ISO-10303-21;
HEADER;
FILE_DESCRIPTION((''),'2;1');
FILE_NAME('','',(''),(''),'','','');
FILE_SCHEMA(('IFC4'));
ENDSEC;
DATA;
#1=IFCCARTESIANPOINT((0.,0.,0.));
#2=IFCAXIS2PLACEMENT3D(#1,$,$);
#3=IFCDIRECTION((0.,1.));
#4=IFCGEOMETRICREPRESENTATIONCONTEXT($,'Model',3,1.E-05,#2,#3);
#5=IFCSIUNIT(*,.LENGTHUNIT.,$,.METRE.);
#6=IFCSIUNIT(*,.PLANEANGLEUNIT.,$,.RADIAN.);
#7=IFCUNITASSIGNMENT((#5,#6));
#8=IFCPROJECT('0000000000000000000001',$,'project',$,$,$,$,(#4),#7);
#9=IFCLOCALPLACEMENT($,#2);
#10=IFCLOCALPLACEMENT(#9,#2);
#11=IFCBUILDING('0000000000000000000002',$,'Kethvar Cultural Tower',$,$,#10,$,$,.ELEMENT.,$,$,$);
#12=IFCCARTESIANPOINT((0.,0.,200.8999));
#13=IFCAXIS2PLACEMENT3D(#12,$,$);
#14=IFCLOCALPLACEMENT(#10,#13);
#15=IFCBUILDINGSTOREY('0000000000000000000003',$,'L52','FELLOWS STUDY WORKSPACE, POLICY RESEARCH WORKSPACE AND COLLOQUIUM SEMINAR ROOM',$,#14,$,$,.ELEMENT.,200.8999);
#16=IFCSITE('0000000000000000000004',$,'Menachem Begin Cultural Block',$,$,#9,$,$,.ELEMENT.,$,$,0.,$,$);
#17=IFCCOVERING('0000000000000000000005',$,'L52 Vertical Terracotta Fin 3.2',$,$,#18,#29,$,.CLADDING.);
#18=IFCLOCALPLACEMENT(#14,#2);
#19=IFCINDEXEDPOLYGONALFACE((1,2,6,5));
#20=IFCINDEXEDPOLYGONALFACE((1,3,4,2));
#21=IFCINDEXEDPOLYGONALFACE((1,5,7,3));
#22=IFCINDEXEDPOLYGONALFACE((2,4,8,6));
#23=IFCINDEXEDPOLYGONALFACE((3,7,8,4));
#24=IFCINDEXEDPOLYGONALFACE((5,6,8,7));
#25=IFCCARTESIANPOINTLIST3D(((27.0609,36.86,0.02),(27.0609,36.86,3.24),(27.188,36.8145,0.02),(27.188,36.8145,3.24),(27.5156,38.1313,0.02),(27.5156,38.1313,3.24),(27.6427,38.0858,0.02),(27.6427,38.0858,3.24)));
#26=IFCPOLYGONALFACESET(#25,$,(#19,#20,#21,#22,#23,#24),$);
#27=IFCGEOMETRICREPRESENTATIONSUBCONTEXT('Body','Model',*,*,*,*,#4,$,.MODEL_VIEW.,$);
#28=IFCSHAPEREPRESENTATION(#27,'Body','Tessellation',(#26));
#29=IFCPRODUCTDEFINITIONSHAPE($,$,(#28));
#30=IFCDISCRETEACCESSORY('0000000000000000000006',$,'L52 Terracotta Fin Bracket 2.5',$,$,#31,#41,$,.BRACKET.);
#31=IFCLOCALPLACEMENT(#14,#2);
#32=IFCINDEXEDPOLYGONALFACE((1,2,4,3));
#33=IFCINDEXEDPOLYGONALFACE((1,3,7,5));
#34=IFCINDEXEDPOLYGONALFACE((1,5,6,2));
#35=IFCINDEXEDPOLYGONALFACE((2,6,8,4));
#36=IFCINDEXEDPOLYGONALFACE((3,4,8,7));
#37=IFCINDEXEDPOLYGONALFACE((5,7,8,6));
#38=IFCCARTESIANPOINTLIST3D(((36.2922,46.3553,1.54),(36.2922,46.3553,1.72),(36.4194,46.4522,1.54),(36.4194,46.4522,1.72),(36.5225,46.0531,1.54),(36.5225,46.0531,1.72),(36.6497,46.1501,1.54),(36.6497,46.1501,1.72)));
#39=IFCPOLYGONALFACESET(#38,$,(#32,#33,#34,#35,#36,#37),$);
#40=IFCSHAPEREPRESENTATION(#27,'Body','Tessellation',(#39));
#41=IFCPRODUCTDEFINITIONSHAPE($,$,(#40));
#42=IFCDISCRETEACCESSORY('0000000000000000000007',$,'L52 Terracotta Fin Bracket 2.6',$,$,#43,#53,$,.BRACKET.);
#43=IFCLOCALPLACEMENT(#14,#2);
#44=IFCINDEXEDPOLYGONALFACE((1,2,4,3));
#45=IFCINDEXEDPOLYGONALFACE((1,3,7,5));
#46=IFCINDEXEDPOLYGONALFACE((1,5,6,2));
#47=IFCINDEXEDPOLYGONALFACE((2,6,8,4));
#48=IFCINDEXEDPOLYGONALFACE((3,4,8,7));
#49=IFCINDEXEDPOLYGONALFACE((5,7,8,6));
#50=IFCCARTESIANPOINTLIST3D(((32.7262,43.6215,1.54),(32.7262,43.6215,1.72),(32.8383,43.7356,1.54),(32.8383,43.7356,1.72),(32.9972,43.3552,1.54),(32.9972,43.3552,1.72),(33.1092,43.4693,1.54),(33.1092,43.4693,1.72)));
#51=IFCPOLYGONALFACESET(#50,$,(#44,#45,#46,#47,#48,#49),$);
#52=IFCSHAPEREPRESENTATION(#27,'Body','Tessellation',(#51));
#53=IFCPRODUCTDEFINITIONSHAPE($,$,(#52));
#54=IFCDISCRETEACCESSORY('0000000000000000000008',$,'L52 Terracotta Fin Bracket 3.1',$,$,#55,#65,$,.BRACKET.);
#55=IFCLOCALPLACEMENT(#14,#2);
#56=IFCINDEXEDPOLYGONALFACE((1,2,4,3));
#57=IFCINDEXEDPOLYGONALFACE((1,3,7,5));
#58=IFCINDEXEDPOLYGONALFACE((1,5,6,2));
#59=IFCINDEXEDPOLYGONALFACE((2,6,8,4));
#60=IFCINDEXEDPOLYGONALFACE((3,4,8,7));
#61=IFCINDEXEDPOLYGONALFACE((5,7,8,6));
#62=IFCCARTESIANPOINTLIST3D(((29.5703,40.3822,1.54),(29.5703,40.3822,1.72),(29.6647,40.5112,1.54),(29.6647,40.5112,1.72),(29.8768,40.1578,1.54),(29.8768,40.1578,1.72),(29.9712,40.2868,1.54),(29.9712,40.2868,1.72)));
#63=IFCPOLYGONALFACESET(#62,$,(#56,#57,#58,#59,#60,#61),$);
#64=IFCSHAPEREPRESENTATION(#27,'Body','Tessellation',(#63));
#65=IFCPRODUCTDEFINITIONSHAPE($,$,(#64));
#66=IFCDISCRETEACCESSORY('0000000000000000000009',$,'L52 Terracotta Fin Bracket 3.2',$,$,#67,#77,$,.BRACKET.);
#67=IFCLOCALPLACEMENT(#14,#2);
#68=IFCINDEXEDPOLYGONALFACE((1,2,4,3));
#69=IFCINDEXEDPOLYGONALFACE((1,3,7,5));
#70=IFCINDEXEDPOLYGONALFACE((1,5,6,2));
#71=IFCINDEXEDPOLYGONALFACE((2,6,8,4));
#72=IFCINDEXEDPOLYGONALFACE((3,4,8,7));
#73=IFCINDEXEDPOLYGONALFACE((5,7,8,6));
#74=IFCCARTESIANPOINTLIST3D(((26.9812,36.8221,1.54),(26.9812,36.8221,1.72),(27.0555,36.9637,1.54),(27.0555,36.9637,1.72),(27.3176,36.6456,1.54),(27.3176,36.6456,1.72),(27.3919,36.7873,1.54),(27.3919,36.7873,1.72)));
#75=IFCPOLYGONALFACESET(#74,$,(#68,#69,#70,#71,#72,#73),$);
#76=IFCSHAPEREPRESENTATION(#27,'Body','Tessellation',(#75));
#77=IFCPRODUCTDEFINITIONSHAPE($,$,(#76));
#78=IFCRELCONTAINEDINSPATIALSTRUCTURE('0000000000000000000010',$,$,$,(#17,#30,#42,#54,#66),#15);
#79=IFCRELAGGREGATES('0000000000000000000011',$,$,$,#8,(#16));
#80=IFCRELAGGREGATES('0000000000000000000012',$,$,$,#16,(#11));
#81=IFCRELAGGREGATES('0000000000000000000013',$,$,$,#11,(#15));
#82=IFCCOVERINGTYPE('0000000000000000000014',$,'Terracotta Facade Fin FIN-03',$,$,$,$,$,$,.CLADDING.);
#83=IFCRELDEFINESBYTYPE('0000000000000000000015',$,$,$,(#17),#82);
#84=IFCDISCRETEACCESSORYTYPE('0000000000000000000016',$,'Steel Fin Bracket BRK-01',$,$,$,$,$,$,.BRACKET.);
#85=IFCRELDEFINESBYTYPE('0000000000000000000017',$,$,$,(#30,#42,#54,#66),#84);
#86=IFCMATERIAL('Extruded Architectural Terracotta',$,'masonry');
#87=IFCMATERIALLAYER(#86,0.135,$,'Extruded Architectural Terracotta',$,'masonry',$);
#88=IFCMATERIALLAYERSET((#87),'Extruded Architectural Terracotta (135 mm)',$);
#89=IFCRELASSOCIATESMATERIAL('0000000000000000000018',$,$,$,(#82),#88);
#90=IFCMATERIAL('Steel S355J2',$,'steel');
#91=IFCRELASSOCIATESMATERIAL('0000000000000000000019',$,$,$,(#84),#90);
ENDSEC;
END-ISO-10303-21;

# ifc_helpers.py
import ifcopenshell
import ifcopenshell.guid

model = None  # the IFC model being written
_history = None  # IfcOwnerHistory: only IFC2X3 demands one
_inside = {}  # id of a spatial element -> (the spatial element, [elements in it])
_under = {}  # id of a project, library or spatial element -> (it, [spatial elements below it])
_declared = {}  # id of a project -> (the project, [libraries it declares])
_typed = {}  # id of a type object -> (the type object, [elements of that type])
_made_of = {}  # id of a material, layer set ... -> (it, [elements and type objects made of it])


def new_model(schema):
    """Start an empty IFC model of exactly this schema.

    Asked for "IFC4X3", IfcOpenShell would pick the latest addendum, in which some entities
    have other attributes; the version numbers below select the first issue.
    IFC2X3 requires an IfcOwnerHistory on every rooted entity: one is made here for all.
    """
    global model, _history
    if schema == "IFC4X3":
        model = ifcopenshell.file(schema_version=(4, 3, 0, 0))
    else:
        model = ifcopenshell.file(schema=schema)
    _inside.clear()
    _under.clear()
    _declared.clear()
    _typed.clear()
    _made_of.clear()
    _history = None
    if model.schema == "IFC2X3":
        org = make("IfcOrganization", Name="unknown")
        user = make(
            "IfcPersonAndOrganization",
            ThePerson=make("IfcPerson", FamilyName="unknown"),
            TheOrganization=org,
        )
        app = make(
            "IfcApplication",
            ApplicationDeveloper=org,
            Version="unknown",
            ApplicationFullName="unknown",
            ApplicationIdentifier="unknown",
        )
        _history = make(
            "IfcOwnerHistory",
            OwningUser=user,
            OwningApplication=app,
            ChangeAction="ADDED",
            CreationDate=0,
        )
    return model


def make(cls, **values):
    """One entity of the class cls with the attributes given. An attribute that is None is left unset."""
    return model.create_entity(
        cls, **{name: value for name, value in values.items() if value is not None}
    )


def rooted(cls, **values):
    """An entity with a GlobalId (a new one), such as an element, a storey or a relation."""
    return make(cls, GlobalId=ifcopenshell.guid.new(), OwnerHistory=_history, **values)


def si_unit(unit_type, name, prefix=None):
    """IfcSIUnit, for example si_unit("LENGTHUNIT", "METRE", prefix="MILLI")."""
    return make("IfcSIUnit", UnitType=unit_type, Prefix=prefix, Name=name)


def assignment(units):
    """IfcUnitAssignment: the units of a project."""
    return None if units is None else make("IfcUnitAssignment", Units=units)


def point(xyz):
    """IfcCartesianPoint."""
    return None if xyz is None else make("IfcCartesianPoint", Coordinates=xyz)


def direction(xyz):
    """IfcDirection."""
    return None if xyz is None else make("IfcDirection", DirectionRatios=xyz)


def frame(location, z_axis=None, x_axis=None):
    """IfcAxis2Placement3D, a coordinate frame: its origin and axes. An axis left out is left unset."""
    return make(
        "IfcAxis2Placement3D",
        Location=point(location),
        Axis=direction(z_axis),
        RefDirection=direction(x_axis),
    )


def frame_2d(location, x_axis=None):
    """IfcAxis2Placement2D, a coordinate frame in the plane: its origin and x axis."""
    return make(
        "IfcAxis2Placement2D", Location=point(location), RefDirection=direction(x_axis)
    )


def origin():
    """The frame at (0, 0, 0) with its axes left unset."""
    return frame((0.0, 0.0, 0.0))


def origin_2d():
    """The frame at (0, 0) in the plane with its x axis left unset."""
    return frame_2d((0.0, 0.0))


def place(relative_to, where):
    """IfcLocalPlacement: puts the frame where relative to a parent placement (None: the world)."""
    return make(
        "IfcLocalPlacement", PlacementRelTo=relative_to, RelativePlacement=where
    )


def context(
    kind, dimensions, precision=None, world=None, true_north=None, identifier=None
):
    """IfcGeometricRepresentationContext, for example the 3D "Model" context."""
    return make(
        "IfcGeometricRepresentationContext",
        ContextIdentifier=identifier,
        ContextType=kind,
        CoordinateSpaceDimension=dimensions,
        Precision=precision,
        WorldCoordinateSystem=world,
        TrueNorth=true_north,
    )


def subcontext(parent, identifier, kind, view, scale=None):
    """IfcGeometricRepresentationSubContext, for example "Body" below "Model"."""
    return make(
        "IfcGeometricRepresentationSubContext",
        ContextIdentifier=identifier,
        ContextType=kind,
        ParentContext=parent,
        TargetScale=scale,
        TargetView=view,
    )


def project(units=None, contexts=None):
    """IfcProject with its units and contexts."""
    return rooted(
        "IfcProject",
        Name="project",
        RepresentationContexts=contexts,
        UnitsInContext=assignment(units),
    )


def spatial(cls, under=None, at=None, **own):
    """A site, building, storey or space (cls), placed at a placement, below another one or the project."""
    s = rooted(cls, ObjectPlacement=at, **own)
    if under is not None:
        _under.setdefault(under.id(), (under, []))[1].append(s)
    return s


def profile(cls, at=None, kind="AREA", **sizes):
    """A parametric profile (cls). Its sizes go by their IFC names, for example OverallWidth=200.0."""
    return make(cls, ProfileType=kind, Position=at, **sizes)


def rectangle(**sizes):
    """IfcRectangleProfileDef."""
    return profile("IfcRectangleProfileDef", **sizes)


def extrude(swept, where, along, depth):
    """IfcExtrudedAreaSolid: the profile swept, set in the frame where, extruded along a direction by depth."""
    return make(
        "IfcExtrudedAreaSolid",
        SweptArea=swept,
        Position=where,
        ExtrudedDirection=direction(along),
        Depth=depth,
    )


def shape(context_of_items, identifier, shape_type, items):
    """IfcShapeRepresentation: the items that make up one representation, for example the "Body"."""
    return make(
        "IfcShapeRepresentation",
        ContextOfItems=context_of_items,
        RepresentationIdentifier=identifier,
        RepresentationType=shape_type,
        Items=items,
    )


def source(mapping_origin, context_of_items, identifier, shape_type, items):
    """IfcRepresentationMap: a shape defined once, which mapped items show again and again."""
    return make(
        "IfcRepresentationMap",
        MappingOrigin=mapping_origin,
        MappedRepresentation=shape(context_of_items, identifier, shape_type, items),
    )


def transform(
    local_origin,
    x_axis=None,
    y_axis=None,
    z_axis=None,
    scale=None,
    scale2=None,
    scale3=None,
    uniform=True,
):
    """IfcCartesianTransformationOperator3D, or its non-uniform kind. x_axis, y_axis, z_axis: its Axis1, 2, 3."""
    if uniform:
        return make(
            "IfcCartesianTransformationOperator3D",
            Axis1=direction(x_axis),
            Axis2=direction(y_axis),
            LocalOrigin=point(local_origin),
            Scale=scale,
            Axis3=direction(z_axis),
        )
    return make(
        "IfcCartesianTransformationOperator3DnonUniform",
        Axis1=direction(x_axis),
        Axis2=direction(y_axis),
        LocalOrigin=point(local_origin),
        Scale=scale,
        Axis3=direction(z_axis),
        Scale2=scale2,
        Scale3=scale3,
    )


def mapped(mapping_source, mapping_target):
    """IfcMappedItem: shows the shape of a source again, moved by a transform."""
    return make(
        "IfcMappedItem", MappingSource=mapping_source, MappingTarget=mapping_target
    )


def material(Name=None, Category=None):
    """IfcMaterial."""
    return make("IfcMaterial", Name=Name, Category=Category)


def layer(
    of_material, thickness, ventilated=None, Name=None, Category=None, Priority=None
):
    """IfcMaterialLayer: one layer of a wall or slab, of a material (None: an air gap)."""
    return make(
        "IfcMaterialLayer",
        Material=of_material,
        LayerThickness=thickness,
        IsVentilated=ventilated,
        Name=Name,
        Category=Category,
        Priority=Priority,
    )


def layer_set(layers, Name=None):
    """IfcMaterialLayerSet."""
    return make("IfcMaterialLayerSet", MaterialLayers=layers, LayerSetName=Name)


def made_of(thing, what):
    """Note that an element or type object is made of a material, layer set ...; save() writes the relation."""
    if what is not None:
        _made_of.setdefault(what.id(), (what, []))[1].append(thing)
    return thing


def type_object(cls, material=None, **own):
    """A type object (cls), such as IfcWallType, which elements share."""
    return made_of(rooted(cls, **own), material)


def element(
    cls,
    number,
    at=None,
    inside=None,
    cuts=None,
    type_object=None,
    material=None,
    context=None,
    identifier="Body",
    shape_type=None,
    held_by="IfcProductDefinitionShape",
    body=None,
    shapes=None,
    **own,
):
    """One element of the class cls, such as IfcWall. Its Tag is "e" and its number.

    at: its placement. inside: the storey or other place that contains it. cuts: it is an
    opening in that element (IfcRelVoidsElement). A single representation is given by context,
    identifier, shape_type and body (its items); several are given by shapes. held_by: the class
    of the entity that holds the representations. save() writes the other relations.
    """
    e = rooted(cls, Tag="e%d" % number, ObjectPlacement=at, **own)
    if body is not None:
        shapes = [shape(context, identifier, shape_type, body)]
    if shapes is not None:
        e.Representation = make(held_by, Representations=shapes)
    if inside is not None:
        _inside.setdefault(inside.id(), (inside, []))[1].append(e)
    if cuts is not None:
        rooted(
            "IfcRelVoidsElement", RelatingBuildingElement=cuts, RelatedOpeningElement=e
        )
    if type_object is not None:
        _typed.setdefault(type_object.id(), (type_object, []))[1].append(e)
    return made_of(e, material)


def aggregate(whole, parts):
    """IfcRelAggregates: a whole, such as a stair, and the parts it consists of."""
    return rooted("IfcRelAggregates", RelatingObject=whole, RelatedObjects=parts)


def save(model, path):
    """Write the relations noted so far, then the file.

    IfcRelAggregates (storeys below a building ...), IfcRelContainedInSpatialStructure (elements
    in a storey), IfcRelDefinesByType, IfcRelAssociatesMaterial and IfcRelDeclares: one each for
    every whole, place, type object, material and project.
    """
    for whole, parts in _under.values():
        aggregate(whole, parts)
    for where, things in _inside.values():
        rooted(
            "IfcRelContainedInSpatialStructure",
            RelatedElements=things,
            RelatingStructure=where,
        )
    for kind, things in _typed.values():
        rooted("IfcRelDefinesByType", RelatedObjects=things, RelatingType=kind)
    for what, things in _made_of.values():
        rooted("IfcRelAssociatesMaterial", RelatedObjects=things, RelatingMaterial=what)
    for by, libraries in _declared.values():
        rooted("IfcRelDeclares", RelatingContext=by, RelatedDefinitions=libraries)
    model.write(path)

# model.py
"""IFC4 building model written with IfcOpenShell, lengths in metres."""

from ifc_helpers import new_model, si_unit, direction, frame, origin, origin_2d, place, context, subcontext, project, spatial, rectangle, extrude, source, transform, mapped, material, layer, layer_set, type_object, element, save


model = new_model("IFC4")

# Units and contexts
model_context = context("Model", 3, precision=1e-05, world=origin(), true_north=direction((0.0, 1.0)))
body_context = subcontext(model_context, "Body", "Model", "MODEL_VIEW")
ifc_project = project(units=[si_unit("LENGTHUNIT", "METRE"), si_unit("PLANEANGLEUNIT", "RADIAN")], contexts=[model_context])

# Site, building, storey
site_placement = place(None, origin())
site = spatial("IfcSite", under=ifc_project, at=site_placement, Name="Menachem Begin Cultural Block", CompositionType="ELEMENT", RefElevation=0.0)
building_placement = place(site_placement, origin())
building = spatial("IfcBuilding", under=site, at=building_placement, Name="Kethvar Cultural Tower", CompositionType="ELEMENT")
storey_placement = place(building_placement, frame((0.0, 0.0, 200.8999)))
storey = spatial("IfcBuildingStorey", under=building, at=storey_placement, Name="L52", Description="FELLOWS STUDY WORKSPACE, POLICY RESEARCH WORKSPACE AND COLLOQUIUM SEMINAR ROOM", CompositionType="ELEMENT", Elevation=200.8999)

# Shared definitions
ifc_material_1 = material(Name="Steel S355J2", Category="steel")

# Covering
ifc_material_2 = material(Name="Extruded Architectural Terracotta", Category="masonry")
ifc_layer_1 = layer(ifc_material_2, 0.135, Name="Extruded Architectural Terracotta", Category="masonry")
ifc_layer_set_1 = layer_set([ifc_layer_1], Name="Extruded Architectural Terracotta (135 mm)")
covering_type = type_object("IfcCoveringType", Name="Terracotta Facade Fin FIN-03", PredefinedType="CLADDING", material=ifc_layer_set_1)
shared_shape_1 = source(origin(), body_context, "Body", "SweptSolid", [
    extrude(rectangle(XDim=1.3501, YDim=0.135, at=origin_2d()), origin(), (0.0, 0.0, 1.0), 3.22),
])
for number, where, z_axis, x_axis, name in (
    (1, (27.3518, 37.4729, 0.02), (0.0, 0.0, 1.0), (0.336767, 0.941588, 0.0), "L52 Vertical Terracotta Fin 3.2"),
):
    element("IfcCovering", number, at=place(storey_placement, frame(where, z_axis=z_axis, x_axis=x_axis)), inside=storey, type_object=covering_type, Name=name, PredefinedType="CLADDING", context=body_context, shape_type="MappedRepresentation", body=[
        mapped(shared_shape_1, transform((0.0, 0.0, 0.0), scale=1.0)),
    ])

# Discrete accessories
discrete_accessory_type = type_object("IfcDiscreteAccessoryType", Name="Steel Fin Bracket BRK-01", PredefinedType="BRACKET", material=ifc_material_1)
shared_shape_2 = source(origin(), body_context, "Body", "SweptSolid", [
    extrude(rectangle(XDim=0.3799, YDim=0.1599, at=origin_2d()), origin(), (0.0, 0.0, 1.0), 0.1799),
])
for number, where, z_axis, x_axis, name in (
    (2, (36.4709, 46.2527, 1.54), (0.0, 0.0, 1.0), (-0.606127, 0.795368, 0.0), "L52 Terracotta Fin Bracket 2.5"),
    (3, (32.9177, 43.5454, 1.54), (0.0, 0.0, 1.0), (-0.71325, 0.700909, 0.0), "L52 Terracotta Fin Bracket 2.6"),
    (4, (29.7708, 40.3345, 1.54), (0.0, 0.0, 1.0), (-0.806857, 0.590746, 0.0), "L52 Terracotta Fin Bracket 3.1"),
    (5, (27.1865, 36.8047, 1.54), (0.0, 0.0, 1.0), (-0.885556, 0.464533, 0.0), "L52 Terracotta Fin Bracket 3.2"),
):
    element("IfcDiscreteAccessory", number, at=place(storey_placement, frame(where, z_axis=z_axis, x_axis=x_axis)), inside=storey, type_object=discrete_accessory_type, Name=name, PredefinedType="BRACKET", context=body_context, shape_type="MappedRepresentation", body=[
        mapped(shared_shape_2, transform((0.0, 0.0, 0.0), scale=1.0)),
    ])

save(model, "model.ifc")
